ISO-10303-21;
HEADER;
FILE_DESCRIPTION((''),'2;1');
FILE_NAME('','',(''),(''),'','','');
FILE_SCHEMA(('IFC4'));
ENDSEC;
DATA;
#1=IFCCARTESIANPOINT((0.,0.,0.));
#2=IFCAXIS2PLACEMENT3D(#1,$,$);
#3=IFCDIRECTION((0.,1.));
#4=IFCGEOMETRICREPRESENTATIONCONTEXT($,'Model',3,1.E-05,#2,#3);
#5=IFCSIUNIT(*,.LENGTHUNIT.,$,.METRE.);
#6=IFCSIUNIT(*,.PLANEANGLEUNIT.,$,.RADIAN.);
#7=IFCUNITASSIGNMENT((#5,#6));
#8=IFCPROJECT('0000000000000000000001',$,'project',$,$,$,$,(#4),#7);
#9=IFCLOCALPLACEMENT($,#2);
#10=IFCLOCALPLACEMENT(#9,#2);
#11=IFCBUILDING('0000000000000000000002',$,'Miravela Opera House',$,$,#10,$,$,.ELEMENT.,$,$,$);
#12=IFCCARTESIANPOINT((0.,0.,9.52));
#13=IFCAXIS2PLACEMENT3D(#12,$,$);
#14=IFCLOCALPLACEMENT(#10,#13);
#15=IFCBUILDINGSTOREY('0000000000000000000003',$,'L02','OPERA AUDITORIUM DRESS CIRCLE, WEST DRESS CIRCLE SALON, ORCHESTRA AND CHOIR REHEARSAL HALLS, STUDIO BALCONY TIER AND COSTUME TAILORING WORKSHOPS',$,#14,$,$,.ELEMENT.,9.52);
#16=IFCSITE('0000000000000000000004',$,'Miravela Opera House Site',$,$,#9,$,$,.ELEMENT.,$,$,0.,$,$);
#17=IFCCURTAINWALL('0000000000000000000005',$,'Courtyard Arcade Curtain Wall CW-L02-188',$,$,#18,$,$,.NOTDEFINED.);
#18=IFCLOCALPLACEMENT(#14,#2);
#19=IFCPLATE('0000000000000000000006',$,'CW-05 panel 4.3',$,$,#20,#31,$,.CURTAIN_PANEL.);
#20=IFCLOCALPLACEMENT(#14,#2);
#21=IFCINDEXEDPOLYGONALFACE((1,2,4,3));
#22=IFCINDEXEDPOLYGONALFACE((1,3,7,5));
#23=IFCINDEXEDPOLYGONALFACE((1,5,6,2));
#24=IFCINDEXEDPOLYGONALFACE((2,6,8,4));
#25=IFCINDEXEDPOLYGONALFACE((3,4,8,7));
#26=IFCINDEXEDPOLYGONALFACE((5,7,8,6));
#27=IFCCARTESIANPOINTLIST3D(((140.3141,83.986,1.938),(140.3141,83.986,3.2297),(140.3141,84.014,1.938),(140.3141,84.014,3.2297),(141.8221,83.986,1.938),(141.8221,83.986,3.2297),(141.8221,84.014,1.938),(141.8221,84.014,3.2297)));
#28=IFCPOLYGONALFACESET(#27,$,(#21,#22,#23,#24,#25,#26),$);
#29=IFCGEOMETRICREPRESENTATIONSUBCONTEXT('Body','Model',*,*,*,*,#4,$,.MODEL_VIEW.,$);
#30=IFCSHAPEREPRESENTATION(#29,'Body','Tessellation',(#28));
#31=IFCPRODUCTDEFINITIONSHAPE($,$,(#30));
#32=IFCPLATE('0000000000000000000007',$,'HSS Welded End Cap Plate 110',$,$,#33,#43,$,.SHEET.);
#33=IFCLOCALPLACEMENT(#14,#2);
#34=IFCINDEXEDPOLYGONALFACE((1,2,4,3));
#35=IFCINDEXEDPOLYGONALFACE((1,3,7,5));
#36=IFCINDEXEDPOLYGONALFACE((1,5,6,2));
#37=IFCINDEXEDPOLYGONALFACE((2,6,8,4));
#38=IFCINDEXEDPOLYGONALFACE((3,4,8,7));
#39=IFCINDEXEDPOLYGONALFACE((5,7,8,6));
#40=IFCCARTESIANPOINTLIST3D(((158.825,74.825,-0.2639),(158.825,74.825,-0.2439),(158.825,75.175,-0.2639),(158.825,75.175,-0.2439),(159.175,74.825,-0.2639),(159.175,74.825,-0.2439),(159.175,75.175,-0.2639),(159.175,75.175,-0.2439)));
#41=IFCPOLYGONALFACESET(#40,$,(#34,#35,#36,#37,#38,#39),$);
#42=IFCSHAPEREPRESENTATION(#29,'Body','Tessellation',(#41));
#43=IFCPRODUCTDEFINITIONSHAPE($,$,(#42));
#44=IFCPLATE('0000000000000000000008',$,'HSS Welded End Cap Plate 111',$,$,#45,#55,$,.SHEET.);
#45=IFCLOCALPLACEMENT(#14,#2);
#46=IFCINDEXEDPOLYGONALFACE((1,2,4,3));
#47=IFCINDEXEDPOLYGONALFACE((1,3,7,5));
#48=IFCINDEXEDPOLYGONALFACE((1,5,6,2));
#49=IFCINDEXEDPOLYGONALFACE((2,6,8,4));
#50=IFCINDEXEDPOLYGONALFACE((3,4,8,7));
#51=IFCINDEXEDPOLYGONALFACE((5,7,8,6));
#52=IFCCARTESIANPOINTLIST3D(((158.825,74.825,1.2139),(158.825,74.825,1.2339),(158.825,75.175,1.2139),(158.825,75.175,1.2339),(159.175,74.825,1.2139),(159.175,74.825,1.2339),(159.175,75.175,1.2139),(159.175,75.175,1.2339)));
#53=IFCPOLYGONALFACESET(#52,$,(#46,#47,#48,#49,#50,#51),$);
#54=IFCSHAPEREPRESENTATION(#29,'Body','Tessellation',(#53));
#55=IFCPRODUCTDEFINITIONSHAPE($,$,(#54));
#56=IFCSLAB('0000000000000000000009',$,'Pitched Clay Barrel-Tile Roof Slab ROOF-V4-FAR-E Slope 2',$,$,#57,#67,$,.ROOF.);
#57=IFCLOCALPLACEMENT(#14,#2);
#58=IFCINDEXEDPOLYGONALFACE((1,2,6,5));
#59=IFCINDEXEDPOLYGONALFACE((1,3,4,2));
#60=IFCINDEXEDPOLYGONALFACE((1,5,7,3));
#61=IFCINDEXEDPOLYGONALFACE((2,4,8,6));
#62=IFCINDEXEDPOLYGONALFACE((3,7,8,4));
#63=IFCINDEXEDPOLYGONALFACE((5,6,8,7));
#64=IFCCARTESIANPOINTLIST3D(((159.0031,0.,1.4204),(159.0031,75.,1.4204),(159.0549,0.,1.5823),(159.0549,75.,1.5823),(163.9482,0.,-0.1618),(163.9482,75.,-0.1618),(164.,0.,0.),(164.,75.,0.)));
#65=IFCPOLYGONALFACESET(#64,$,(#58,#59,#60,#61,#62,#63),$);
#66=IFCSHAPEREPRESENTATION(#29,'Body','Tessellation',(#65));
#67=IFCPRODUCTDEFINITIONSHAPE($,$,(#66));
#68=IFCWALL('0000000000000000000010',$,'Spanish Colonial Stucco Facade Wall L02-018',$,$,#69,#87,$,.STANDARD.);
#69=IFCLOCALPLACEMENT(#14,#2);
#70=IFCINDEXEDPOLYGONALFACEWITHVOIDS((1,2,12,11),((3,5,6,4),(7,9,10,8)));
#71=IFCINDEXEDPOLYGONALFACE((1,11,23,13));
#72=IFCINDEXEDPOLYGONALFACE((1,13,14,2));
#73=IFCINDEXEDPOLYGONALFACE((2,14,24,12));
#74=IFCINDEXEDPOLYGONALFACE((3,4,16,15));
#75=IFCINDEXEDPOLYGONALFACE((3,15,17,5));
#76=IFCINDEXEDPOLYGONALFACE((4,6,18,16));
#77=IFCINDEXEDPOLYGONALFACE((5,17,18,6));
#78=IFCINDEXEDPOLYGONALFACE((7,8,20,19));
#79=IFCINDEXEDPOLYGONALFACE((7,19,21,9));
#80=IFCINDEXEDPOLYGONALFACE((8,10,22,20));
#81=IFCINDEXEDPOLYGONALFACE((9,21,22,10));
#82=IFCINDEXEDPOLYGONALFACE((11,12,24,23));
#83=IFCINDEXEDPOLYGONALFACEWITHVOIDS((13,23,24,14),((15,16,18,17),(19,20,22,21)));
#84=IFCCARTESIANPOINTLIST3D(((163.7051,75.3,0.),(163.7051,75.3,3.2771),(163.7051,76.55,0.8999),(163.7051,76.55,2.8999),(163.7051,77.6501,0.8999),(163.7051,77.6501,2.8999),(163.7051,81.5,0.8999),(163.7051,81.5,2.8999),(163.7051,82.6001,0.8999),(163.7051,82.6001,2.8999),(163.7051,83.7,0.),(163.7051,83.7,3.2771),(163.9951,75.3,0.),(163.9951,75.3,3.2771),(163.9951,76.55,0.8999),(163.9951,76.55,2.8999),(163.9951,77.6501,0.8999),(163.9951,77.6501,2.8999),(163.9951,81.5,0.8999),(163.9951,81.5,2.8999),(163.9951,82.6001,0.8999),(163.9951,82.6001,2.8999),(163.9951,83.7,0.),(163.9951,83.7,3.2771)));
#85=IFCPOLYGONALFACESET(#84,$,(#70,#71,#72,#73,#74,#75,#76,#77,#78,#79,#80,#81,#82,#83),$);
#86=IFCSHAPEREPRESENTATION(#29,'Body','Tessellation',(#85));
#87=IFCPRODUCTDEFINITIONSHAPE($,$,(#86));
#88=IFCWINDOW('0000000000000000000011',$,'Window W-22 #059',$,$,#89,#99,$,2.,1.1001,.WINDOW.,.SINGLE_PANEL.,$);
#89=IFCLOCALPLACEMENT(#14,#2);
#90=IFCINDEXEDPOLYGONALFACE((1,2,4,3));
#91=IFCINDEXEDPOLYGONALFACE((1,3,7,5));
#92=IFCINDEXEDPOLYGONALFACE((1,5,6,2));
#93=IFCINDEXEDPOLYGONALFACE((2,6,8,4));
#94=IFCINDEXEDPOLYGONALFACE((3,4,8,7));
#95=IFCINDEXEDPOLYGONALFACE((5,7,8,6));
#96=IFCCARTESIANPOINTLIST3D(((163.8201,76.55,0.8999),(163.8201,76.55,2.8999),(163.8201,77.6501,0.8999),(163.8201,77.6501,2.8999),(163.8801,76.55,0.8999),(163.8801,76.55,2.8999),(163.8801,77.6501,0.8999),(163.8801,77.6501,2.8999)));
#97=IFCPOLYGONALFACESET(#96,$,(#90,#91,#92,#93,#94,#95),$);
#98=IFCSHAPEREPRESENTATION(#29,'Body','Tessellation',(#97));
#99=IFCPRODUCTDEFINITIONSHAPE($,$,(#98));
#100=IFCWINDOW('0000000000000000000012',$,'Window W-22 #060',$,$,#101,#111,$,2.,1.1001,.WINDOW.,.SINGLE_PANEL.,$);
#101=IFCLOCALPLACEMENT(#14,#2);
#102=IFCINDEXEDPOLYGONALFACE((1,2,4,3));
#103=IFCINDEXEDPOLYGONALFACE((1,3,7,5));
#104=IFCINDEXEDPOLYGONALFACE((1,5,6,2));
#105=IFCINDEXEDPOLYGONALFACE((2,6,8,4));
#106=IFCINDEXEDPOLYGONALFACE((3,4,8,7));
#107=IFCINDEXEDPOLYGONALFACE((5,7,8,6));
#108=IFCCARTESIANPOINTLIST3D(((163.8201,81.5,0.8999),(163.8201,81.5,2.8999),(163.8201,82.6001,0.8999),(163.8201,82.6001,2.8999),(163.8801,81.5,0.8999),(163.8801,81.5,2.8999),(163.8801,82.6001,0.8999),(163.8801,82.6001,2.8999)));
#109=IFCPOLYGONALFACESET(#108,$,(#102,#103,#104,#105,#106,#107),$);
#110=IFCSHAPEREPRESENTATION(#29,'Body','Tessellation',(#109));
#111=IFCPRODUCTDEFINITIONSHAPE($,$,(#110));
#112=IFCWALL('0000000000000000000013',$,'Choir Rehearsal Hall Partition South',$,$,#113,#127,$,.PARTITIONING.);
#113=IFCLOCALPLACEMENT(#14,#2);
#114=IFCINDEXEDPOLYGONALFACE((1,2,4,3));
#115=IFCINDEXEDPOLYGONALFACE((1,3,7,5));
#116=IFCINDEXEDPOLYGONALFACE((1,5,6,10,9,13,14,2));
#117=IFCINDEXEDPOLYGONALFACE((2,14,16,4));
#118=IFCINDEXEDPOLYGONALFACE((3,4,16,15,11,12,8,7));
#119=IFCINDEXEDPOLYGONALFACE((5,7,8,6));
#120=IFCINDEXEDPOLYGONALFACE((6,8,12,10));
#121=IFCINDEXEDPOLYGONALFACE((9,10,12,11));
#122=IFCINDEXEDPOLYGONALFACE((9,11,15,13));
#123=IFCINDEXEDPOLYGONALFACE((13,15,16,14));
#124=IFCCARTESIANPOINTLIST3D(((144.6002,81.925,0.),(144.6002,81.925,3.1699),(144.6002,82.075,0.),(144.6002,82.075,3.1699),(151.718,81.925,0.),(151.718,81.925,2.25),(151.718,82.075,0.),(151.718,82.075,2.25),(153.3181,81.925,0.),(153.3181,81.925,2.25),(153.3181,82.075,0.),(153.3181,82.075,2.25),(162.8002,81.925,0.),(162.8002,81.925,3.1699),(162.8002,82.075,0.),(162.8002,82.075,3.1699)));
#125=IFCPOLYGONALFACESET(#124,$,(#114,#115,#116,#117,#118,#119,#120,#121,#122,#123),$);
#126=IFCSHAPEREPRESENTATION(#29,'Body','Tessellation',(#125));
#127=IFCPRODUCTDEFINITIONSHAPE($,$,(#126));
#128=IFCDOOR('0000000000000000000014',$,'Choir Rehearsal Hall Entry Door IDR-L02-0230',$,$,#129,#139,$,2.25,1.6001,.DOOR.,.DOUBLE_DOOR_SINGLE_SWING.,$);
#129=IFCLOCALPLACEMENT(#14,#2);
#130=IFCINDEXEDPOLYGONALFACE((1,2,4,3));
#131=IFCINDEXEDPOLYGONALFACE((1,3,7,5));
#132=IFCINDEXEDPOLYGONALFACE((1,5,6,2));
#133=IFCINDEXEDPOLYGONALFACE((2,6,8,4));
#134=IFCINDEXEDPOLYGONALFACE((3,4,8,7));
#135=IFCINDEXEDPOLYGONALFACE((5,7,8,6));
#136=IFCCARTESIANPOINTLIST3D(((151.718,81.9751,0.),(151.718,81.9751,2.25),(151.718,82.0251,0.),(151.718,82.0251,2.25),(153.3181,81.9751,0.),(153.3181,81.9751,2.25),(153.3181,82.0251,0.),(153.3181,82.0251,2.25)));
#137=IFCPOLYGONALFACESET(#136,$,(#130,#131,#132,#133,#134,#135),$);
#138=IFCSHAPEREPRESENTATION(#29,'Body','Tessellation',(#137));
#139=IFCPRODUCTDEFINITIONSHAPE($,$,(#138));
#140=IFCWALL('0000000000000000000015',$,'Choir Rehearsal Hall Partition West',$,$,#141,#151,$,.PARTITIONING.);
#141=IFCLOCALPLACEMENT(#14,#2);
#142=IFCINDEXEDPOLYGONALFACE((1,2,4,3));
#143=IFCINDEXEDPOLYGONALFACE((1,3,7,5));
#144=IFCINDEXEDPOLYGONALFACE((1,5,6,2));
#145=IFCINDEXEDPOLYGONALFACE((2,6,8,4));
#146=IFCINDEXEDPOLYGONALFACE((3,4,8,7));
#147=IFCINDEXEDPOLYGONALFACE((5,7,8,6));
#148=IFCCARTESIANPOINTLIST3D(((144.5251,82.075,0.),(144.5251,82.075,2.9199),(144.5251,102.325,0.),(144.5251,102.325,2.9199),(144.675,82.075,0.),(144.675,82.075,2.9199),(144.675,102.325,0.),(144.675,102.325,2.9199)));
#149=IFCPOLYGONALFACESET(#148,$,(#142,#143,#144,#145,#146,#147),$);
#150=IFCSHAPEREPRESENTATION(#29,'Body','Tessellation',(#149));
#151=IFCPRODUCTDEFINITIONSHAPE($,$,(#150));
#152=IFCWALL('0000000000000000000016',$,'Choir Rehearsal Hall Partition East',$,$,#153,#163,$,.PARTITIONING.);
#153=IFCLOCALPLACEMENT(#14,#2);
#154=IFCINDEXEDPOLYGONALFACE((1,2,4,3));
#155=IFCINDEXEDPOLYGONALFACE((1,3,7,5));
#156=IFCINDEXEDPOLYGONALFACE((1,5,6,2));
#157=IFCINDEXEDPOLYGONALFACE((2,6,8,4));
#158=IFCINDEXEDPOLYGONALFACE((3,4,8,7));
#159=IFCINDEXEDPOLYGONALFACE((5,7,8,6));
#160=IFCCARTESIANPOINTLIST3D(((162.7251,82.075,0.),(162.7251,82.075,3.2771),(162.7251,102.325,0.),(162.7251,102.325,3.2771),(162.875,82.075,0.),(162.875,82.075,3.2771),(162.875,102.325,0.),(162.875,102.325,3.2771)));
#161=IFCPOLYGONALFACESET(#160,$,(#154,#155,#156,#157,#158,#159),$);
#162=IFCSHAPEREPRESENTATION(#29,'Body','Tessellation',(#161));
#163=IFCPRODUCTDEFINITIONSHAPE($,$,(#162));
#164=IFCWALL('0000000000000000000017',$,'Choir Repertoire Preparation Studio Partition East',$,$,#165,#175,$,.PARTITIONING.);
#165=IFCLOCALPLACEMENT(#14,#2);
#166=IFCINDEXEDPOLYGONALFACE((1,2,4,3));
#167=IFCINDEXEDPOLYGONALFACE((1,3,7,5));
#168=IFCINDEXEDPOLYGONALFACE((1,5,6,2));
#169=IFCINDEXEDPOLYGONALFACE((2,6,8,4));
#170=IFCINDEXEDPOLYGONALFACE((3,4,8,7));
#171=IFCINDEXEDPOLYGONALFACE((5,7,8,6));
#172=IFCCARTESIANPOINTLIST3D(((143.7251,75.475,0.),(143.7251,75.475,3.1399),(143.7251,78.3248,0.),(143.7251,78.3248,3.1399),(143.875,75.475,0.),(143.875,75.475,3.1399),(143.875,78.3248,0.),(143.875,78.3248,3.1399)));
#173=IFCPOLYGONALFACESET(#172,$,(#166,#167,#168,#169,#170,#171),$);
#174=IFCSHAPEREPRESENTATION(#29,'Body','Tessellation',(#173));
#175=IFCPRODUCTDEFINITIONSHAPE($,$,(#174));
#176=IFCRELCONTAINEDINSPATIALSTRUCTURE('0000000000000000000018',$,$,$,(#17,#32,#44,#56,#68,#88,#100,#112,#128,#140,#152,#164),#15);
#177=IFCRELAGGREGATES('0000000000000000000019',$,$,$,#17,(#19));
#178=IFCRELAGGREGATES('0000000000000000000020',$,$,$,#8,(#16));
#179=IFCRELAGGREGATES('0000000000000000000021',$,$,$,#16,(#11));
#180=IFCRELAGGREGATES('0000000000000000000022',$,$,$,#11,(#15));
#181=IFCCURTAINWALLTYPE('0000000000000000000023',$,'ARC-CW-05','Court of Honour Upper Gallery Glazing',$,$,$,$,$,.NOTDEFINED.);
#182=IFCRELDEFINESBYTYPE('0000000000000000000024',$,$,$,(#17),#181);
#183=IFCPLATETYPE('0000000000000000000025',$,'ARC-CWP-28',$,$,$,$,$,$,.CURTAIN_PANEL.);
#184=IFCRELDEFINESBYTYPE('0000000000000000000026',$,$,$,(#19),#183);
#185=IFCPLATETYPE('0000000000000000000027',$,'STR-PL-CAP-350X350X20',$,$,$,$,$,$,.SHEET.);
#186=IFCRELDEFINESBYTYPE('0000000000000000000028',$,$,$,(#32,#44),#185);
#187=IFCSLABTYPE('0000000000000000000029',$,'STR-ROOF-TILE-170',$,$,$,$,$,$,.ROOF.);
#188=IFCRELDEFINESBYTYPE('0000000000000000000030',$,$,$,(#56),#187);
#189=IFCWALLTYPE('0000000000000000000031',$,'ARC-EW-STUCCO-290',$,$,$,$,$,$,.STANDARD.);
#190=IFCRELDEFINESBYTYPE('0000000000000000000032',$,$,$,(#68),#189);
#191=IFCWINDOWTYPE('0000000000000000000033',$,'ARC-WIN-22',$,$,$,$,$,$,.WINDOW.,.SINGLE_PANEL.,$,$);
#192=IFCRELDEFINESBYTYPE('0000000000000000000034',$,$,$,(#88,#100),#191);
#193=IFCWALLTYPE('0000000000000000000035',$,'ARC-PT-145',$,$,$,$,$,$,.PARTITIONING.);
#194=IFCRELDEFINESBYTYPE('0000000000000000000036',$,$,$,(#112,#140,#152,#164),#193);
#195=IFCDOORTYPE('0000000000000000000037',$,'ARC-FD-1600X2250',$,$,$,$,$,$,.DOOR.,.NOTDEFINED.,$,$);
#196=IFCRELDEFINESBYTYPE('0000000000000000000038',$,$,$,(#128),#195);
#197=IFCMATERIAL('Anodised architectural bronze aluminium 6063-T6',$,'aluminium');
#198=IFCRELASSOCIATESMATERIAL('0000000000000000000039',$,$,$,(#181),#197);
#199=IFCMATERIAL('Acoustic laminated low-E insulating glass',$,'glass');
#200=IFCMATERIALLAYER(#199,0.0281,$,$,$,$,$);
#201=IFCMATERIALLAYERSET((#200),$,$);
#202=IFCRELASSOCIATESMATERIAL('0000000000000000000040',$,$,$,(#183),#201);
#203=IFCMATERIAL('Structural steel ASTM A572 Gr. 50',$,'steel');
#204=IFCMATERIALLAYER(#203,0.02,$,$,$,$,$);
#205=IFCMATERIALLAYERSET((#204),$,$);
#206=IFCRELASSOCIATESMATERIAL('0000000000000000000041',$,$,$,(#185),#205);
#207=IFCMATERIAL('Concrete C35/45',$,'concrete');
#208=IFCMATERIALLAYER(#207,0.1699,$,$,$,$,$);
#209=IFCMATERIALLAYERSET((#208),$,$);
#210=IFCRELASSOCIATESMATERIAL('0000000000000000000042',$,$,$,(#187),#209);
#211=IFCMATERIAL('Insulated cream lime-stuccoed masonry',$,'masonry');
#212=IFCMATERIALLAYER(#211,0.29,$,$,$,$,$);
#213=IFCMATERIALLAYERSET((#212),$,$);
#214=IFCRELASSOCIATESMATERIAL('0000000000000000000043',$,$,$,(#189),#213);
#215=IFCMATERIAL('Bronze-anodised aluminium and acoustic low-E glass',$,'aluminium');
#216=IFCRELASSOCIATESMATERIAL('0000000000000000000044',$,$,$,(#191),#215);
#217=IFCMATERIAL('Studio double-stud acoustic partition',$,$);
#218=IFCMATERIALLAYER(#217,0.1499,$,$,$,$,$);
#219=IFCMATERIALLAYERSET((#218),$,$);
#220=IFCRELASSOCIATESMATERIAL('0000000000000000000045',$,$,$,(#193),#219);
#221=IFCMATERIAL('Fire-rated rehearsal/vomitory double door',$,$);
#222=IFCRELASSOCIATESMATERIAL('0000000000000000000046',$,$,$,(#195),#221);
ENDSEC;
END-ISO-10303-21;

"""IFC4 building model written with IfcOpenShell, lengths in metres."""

from ifc_helpers import new_model, si_unit, direction, frame, frame_2d, origin, origin_2d, place, context, subcontext, project, spatial, polyline, rectangle, outline, extrude, material, layer, layer_set, type_object, element, fill, aggregate, save


model = new_model("IFC4")

# Units and contexts
model_context = context("Model", 3, precision=1e-05, world=origin(), true_north=direction((0.0, 1.0)))
body_context = subcontext(model_context, "Body", "Model", "MODEL_VIEW")
ifc_project = project(units=[si_unit("LENGTHUNIT", "METRE"), si_unit("PLANEANGLEUNIT", "RADIAN")], contexts=[model_context])

# Site, building, storey
site_placement = place(None, origin())
site = spatial("IfcSite", under=ifc_project, at=site_placement, Name="Miravela Opera House Site", CompositionType="ELEMENT", RefElevation=0.0)
building_placement = place(site_placement, origin())
building = spatial("IfcBuilding", under=site, at=building_placement, Name="Miravela Opera House", CompositionType="ELEMENT")
storey_placement = place(building_placement, frame((0.0, 0.0, 9.52)))
storey = spatial("IfcBuildingStorey", under=building, at=storey_placement, Name="L02", Description="OPERA AUDITORIUM DRESS CIRCLE, WEST DRESS CIRCLE SALON, ORCHESTRA AND CHOIR REHEARSAL HALLS, STUDIO BALCONY TIER AND COSTUME TAILORING WORKSHOPS", CompositionType="ELEMENT", Elevation=9.52)

# Shared definitions
ifc_material_1 = material(Name="Concrete C35/45", Category="concrete")

# Curtain wall
ifc_material_2 = material(Name="Anodised architectural bronze aluminium 6063-T6", Category="aluminium")
curtain_wall_type = type_object("IfcCurtainWallType", Name="ARC-CW-05", Description="Court of Honour Upper Gallery Glazing", PredefinedType="NOTDEFINED", material=ifc_material_2)
curtain_wall_placement = place(storey_placement, origin())
curtain_wall = element("IfcCurtainWall", 1, at=curtain_wall_placement, inside=storey, type_object=curtain_wall_type, Name="Courtyard Arcade Curtain Wall CW-L02-188", PredefinedType="NOTDEFINED")

# Plate
ifc_material_3 = material(Name="Acoustic laminated low-E insulating glass", Category="glass")
ifc_layer_1 = layer(ifc_material_3, 0.0281)
ifc_layer_set_1 = layer_set([ifc_layer_1])
plate_type_1 = type_object("IfcPlateType", Name="ARC-CWP-28", PredefinedType="CURTAIN_PANEL", material=ifc_layer_set_1)
plate_1_placement = place(storey_placement, frame((141.0681, 84.0, 1.938), z_axis=(0.0, 0.0, 1.0), x_axis=(1.0, 0.0, 0.0)))
plate_1 = element("IfcPlate", 2, at=plate_1_placement, type_object=plate_type_1, Name="CW-05 panel 4.3", PredefinedType="CURTAIN_PANEL", context=body_context, shape_type="SweptSolid", body=[
    extrude(rectangle(XDim=1.5081, YDim=0.0281, at=origin_2d()), origin(), (0.0, 0.0, 1.0), 1.2917),
])
aggregate(curtain_wall, [plate_1])

# Plates
ifc_material_4 = material(Name="Structural steel ASTM A572 Gr. 50", Category="steel")
ifc_layer_2 = layer(ifc_material_4, 0.02)
ifc_layer_set_2 = layer_set([ifc_layer_2])
plate_type_2 = type_object("IfcPlateType", Name="STR-PL-CAP-350X350X20", PredefinedType="SHEET", material=ifc_layer_set_2)
for number, where, z_axis, x_axis, name in (
    (3, (159.0, 75.0, -0.2639), (0.0, 0.0, 1.0), (1.0, 0.0, 0.0), "HSS Welded End Cap Plate 110"),
    (4, (159.0, 75.0, 1.2139), (0.0, 0.0, 1.0), (1.0, 0.0, 0.0), "HSS Welded End Cap Plate 111"),
):
    element("IfcPlate", number, at=place(storey_placement, frame(where, z_axis=z_axis, x_axis=x_axis)), inside=storey, type_object=plate_type_2, Name=name, PredefinedType="SHEET", context=body_context, shape_type="SweptSolid", body=[
        extrude(rectangle(XDim=0.3501, YDim=0.3501, at=origin_2d()), origin(), (0.0, 0.0, 1.0), 0.02),
    ])

# Slab
ifc_layer_3 = layer(ifc_material_1, 0.1699)
ifc_layer_set_3 = layer_set([ifc_layer_3])
slab_type = type_object("IfcSlabType", Name="STR-ROOF-TILE-170", PredefinedType="ROOF", material=ifc_layer_set_3)
slab_placement = place(storey_placement, frame((164.0, 75.0, 0.0), z_axis=(0.30475, 0.0, 0.952432), x_axis=(0.0, -1.0, 0.0)))
element("IfcSlab", 5, at=slab_placement, inside=storey, type_object=slab_type, Name="Pitched Clay Barrel-Tile Roof Slab ROOF-V4-FAR-E Slope 2", PredefinedType="ROOF", context=body_context, shape_type="SweptSolid", body=[
    extrude(outline(polyline([(0.0, 0.0), (75.0, 0.0), (75.0, -5.192), (0.0, -5.192), (0.0, 0.0)])), origin(), (0.0, 0.0, -1.0), 0.1699),
])

# Wall, openings, windows
ifc_material_5 = material(Name="Insulated cream lime-stuccoed masonry", Category="masonry")
ifc_layer_4 = layer(ifc_material_5, 0.29)
ifc_layer_set_4 = layer_set([ifc_layer_4])
wall_type_1 = type_object("IfcWallType", Name="ARC-EW-STUCCO-290", PredefinedType="STANDARD", material=ifc_layer_set_4)
wall_1_placement = place(storey_placement, frame((163.8501, 75.3, 0.0), z_axis=(0.0, 0.0, 1.0), x_axis=(0.0, 1.0, 0.0)))
wall_1 = element("IfcWall", 6, at=wall_1_placement, inside=storey, type_object=wall_type_1, Name="Spanish Colonial Stucco Facade Wall L02-018", PredefinedType="STANDARD", context=body_context, shape_type="SweptSolid", body=[
    extrude(rectangle(XDim=8.3999, YDim=0.29, at=frame_2d((4.2, 0.0))), origin(), (0.0, 0.0, 1.0), 3.2771),
])
opening_1_placement = place(wall_1_placement, frame((1.25, 0.0, 0.8999)))
opening_1 = element("IfcOpeningElement", 7, at=opening_1_placement, cuts=wall_1, PredefinedType="OPENING", context=body_context, shape_type="SweptSolid", body=[
    extrude(rectangle(XDim=1.1001, YDim=2.0, at=frame_2d((0.55, 1.0))), frame((0.0, 0.155, 0.0), z_axis=(0.0, -1.0, 0.0), x_axis=(1.0, 0.0, 0.0)), (0.0, 0.0, 1.0), 0.3101),
])
opening_2_placement = place(wall_1_placement, frame((6.2, 0.0, 0.8999)))
opening_2 = element("IfcOpeningElement", 8, at=opening_2_placement, cuts=wall_1, PredefinedType="OPENING", context=body_context, shape_type="SweptSolid", body=[
    extrude(rectangle(XDim=1.1001, YDim=2.0, at=frame_2d((0.55, 1.0))), frame((0.0, 0.155, 0.0), z_axis=(0.0, -1.0, 0.0), x_axis=(1.0, 0.0, 0.0)), (0.0, 0.0, 1.0), 0.3101),
])
ifc_material_6 = material(Name="Bronze-anodised aluminium and acoustic low-E glass", Category="aluminium")
window_type = type_object("IfcWindowType", Name="ARC-WIN-22", PartitioningType="SINGLE_PANEL", PredefinedType="WINDOW", material=ifc_material_6)
window_1_placement = place(opening_1_placement, origin())
window_1 = element("IfcWindow", 9, at=window_1_placement, inside=storey, type_object=window_type, Name="Window W-22 #059", OverallHeight=2.0, OverallWidth=1.1001, PartitioningType="SINGLE_PANEL", PredefinedType="WINDOW", context=body_context, shape_type="SweptSolid", body=[
    extrude(rectangle(XDim=1.1001, YDim=2.0, at=frame_2d((0.55, 1.0))), frame((0.0, 0.03, 0.0), z_axis=(0.0, -1.0, 0.0), x_axis=(1.0, 0.0, 0.0)), (0.0, 0.0, 1.0), 0.0601),
])
fill(opening_1, window_1)
window_2_placement = place(opening_2_placement, origin())
window_2 = element("IfcWindow", 10, at=window_2_placement, inside=storey, type_object=window_type, Name="Window W-22 #060", OverallHeight=2.0, OverallWidth=1.1001, PartitioningType="SINGLE_PANEL", PredefinedType="WINDOW", context=body_context, shape_type="SweptSolid", body=[
    extrude(rectangle(XDim=1.1001, YDim=2.0, at=frame_2d((0.55, 1.0))), frame((0.0, 0.03, 0.0), z_axis=(0.0, -1.0, 0.0), x_axis=(1.0, 0.0, 0.0)), (0.0, 0.0, 1.0), 0.0601),
])
fill(opening_2, window_2)

# Wall, opening, door
ifc_material_7 = material(Name="Studio double-stud acoustic partition")
ifc_layer_5 = layer(ifc_material_7, 0.1499)
ifc_layer_set_5 = layer_set([ifc_layer_5])
wall_type_2 = type_object("IfcWallType", Name="ARC-PT-145", PredefinedType="PARTITIONING", material=ifc_layer_set_5)
wall_2_placement = place(storey_placement, frame((144.6001, 82.0, 0.0), z_axis=(0.0, 0.0, 1.0), x_axis=(1.0, 0.0, 0.0)))
wall_2 = element("IfcWall", 11, at=wall_2_placement, inside=storey, type_object=wall_type_2, Name="Choir Rehearsal Hall Partition South", PredefinedType="PARTITIONING", context=body_context, shape_type="SweptSolid", body=[
    extrude(rectangle(XDim=18.2, YDim=0.1499, at=frame_2d((9.1001, 0.0))), origin(), (0.0, 0.0, 1.0), 3.1699),
])
opening_3_placement = place(wall_2_placement, frame((7.1179, 0.0, 0.0)))
opening_3 = element("IfcOpeningElement", 12, at=opening_3_placement, cuts=wall_2, PredefinedType="OPENING", context=body_context, shape_type="SweptSolid", body=[
    extrude(rectangle(XDim=1.6001, YDim=2.25, at=frame_2d((0.8, 1.125))), frame((0.0, 0.085, 0.0), z_axis=(0.0, -1.0, 0.0), x_axis=(1.0, 0.0, 0.0)), (0.0, 0.0, 1.0), 0.1699),
])
ifc_material_8 = material(Name="Fire-rated rehearsal/vomitory double door")
door_type = type_object("IfcDoorType", Name="ARC-FD-1600X2250", OperationType="NOTDEFINED", PredefinedType="DOOR", material=ifc_material_8)
door_placement = place(opening_3_placement, frame((1.6001, 0.0, 0.0), z_axis=(0.0, 0.0, 1.0), x_axis=(-1.0, 0.0, 0.0)))
door = element("IfcDoor", 13, at=door_placement, inside=storey, type_object=door_type, Name="Choir Rehearsal Hall Entry Door IDR-L02-0230", OperationType="DOUBLE_DOOR_SINGLE_SWING", OverallHeight=2.25, OverallWidth=1.6001, PredefinedType="DOOR", context=body_context, shape_type="SweptSolid", body=[
    extrude(rectangle(XDim=1.6001, YDim=2.25, at=frame_2d((0.8, 1.125))), frame((0.0, 0.0249, 0.0), z_axis=(0.0, -1.0, 0.0), x_axis=(1.0, 0.0, 0.0)), (0.0, 0.0, 1.0), 0.05),
])
fill(opening_3, door)

# Walls
wall_3_placement = place(storey_placement, frame((144.6001, 82.075, 0.0), z_axis=(0.0, 0.0, 1.0), x_axis=(0.0, 1.0, 0.0)))
element("IfcWall", 14, at=wall_3_placement, inside=storey, type_object=wall_type_2, Name="Choir Rehearsal Hall Partition West", PredefinedType="PARTITIONING", context=body_context, shape_type="SweptSolid", body=[
    extrude(rectangle(XDim=20.25, YDim=0.1499, at=frame_2d((10.125, 0.0))), origin(), (0.0, 0.0, 1.0), 2.9199),
])
wall_4_placement = place(storey_placement, frame((162.8, 82.075, 0.0), z_axis=(0.0, 0.0, 1.0), x_axis=(0.0, 1.0, 0.0)))
element("IfcWall", 15, at=wall_4_placement, inside=storey, type_object=wall_type_2, Name="Choir Rehearsal Hall Partition East", PredefinedType="PARTITIONING", context=body_context, shape_type="SweptSolid", body=[
    extrude(rectangle(XDim=20.25, YDim=0.1499, at=frame_2d((10.125, 0.0))), origin(), (0.0, 0.0, 1.0), 3.2771),
])
wall_5_placement = place(storey_placement, frame((143.8, 75.4751, 0.0), z_axis=(0.0, 0.0, 1.0), x_axis=(0.0, 1.0, 0.0)))
element("IfcWall", 16, at=wall_5_placement, inside=storey, type_object=wall_type_2, Name="Choir Repertoire Preparation Studio Partition East", PredefinedType="PARTITIONING", context=body_context, shape_type="SweptSolid", body=[
    extrude(rectangle(XDim=2.8499, YDim=0.1499, at=frame_2d((1.4248, 0.0))), origin(), (0.0, 0.0, 1.0), 3.1399),
])

save(model, "model.ifc")
